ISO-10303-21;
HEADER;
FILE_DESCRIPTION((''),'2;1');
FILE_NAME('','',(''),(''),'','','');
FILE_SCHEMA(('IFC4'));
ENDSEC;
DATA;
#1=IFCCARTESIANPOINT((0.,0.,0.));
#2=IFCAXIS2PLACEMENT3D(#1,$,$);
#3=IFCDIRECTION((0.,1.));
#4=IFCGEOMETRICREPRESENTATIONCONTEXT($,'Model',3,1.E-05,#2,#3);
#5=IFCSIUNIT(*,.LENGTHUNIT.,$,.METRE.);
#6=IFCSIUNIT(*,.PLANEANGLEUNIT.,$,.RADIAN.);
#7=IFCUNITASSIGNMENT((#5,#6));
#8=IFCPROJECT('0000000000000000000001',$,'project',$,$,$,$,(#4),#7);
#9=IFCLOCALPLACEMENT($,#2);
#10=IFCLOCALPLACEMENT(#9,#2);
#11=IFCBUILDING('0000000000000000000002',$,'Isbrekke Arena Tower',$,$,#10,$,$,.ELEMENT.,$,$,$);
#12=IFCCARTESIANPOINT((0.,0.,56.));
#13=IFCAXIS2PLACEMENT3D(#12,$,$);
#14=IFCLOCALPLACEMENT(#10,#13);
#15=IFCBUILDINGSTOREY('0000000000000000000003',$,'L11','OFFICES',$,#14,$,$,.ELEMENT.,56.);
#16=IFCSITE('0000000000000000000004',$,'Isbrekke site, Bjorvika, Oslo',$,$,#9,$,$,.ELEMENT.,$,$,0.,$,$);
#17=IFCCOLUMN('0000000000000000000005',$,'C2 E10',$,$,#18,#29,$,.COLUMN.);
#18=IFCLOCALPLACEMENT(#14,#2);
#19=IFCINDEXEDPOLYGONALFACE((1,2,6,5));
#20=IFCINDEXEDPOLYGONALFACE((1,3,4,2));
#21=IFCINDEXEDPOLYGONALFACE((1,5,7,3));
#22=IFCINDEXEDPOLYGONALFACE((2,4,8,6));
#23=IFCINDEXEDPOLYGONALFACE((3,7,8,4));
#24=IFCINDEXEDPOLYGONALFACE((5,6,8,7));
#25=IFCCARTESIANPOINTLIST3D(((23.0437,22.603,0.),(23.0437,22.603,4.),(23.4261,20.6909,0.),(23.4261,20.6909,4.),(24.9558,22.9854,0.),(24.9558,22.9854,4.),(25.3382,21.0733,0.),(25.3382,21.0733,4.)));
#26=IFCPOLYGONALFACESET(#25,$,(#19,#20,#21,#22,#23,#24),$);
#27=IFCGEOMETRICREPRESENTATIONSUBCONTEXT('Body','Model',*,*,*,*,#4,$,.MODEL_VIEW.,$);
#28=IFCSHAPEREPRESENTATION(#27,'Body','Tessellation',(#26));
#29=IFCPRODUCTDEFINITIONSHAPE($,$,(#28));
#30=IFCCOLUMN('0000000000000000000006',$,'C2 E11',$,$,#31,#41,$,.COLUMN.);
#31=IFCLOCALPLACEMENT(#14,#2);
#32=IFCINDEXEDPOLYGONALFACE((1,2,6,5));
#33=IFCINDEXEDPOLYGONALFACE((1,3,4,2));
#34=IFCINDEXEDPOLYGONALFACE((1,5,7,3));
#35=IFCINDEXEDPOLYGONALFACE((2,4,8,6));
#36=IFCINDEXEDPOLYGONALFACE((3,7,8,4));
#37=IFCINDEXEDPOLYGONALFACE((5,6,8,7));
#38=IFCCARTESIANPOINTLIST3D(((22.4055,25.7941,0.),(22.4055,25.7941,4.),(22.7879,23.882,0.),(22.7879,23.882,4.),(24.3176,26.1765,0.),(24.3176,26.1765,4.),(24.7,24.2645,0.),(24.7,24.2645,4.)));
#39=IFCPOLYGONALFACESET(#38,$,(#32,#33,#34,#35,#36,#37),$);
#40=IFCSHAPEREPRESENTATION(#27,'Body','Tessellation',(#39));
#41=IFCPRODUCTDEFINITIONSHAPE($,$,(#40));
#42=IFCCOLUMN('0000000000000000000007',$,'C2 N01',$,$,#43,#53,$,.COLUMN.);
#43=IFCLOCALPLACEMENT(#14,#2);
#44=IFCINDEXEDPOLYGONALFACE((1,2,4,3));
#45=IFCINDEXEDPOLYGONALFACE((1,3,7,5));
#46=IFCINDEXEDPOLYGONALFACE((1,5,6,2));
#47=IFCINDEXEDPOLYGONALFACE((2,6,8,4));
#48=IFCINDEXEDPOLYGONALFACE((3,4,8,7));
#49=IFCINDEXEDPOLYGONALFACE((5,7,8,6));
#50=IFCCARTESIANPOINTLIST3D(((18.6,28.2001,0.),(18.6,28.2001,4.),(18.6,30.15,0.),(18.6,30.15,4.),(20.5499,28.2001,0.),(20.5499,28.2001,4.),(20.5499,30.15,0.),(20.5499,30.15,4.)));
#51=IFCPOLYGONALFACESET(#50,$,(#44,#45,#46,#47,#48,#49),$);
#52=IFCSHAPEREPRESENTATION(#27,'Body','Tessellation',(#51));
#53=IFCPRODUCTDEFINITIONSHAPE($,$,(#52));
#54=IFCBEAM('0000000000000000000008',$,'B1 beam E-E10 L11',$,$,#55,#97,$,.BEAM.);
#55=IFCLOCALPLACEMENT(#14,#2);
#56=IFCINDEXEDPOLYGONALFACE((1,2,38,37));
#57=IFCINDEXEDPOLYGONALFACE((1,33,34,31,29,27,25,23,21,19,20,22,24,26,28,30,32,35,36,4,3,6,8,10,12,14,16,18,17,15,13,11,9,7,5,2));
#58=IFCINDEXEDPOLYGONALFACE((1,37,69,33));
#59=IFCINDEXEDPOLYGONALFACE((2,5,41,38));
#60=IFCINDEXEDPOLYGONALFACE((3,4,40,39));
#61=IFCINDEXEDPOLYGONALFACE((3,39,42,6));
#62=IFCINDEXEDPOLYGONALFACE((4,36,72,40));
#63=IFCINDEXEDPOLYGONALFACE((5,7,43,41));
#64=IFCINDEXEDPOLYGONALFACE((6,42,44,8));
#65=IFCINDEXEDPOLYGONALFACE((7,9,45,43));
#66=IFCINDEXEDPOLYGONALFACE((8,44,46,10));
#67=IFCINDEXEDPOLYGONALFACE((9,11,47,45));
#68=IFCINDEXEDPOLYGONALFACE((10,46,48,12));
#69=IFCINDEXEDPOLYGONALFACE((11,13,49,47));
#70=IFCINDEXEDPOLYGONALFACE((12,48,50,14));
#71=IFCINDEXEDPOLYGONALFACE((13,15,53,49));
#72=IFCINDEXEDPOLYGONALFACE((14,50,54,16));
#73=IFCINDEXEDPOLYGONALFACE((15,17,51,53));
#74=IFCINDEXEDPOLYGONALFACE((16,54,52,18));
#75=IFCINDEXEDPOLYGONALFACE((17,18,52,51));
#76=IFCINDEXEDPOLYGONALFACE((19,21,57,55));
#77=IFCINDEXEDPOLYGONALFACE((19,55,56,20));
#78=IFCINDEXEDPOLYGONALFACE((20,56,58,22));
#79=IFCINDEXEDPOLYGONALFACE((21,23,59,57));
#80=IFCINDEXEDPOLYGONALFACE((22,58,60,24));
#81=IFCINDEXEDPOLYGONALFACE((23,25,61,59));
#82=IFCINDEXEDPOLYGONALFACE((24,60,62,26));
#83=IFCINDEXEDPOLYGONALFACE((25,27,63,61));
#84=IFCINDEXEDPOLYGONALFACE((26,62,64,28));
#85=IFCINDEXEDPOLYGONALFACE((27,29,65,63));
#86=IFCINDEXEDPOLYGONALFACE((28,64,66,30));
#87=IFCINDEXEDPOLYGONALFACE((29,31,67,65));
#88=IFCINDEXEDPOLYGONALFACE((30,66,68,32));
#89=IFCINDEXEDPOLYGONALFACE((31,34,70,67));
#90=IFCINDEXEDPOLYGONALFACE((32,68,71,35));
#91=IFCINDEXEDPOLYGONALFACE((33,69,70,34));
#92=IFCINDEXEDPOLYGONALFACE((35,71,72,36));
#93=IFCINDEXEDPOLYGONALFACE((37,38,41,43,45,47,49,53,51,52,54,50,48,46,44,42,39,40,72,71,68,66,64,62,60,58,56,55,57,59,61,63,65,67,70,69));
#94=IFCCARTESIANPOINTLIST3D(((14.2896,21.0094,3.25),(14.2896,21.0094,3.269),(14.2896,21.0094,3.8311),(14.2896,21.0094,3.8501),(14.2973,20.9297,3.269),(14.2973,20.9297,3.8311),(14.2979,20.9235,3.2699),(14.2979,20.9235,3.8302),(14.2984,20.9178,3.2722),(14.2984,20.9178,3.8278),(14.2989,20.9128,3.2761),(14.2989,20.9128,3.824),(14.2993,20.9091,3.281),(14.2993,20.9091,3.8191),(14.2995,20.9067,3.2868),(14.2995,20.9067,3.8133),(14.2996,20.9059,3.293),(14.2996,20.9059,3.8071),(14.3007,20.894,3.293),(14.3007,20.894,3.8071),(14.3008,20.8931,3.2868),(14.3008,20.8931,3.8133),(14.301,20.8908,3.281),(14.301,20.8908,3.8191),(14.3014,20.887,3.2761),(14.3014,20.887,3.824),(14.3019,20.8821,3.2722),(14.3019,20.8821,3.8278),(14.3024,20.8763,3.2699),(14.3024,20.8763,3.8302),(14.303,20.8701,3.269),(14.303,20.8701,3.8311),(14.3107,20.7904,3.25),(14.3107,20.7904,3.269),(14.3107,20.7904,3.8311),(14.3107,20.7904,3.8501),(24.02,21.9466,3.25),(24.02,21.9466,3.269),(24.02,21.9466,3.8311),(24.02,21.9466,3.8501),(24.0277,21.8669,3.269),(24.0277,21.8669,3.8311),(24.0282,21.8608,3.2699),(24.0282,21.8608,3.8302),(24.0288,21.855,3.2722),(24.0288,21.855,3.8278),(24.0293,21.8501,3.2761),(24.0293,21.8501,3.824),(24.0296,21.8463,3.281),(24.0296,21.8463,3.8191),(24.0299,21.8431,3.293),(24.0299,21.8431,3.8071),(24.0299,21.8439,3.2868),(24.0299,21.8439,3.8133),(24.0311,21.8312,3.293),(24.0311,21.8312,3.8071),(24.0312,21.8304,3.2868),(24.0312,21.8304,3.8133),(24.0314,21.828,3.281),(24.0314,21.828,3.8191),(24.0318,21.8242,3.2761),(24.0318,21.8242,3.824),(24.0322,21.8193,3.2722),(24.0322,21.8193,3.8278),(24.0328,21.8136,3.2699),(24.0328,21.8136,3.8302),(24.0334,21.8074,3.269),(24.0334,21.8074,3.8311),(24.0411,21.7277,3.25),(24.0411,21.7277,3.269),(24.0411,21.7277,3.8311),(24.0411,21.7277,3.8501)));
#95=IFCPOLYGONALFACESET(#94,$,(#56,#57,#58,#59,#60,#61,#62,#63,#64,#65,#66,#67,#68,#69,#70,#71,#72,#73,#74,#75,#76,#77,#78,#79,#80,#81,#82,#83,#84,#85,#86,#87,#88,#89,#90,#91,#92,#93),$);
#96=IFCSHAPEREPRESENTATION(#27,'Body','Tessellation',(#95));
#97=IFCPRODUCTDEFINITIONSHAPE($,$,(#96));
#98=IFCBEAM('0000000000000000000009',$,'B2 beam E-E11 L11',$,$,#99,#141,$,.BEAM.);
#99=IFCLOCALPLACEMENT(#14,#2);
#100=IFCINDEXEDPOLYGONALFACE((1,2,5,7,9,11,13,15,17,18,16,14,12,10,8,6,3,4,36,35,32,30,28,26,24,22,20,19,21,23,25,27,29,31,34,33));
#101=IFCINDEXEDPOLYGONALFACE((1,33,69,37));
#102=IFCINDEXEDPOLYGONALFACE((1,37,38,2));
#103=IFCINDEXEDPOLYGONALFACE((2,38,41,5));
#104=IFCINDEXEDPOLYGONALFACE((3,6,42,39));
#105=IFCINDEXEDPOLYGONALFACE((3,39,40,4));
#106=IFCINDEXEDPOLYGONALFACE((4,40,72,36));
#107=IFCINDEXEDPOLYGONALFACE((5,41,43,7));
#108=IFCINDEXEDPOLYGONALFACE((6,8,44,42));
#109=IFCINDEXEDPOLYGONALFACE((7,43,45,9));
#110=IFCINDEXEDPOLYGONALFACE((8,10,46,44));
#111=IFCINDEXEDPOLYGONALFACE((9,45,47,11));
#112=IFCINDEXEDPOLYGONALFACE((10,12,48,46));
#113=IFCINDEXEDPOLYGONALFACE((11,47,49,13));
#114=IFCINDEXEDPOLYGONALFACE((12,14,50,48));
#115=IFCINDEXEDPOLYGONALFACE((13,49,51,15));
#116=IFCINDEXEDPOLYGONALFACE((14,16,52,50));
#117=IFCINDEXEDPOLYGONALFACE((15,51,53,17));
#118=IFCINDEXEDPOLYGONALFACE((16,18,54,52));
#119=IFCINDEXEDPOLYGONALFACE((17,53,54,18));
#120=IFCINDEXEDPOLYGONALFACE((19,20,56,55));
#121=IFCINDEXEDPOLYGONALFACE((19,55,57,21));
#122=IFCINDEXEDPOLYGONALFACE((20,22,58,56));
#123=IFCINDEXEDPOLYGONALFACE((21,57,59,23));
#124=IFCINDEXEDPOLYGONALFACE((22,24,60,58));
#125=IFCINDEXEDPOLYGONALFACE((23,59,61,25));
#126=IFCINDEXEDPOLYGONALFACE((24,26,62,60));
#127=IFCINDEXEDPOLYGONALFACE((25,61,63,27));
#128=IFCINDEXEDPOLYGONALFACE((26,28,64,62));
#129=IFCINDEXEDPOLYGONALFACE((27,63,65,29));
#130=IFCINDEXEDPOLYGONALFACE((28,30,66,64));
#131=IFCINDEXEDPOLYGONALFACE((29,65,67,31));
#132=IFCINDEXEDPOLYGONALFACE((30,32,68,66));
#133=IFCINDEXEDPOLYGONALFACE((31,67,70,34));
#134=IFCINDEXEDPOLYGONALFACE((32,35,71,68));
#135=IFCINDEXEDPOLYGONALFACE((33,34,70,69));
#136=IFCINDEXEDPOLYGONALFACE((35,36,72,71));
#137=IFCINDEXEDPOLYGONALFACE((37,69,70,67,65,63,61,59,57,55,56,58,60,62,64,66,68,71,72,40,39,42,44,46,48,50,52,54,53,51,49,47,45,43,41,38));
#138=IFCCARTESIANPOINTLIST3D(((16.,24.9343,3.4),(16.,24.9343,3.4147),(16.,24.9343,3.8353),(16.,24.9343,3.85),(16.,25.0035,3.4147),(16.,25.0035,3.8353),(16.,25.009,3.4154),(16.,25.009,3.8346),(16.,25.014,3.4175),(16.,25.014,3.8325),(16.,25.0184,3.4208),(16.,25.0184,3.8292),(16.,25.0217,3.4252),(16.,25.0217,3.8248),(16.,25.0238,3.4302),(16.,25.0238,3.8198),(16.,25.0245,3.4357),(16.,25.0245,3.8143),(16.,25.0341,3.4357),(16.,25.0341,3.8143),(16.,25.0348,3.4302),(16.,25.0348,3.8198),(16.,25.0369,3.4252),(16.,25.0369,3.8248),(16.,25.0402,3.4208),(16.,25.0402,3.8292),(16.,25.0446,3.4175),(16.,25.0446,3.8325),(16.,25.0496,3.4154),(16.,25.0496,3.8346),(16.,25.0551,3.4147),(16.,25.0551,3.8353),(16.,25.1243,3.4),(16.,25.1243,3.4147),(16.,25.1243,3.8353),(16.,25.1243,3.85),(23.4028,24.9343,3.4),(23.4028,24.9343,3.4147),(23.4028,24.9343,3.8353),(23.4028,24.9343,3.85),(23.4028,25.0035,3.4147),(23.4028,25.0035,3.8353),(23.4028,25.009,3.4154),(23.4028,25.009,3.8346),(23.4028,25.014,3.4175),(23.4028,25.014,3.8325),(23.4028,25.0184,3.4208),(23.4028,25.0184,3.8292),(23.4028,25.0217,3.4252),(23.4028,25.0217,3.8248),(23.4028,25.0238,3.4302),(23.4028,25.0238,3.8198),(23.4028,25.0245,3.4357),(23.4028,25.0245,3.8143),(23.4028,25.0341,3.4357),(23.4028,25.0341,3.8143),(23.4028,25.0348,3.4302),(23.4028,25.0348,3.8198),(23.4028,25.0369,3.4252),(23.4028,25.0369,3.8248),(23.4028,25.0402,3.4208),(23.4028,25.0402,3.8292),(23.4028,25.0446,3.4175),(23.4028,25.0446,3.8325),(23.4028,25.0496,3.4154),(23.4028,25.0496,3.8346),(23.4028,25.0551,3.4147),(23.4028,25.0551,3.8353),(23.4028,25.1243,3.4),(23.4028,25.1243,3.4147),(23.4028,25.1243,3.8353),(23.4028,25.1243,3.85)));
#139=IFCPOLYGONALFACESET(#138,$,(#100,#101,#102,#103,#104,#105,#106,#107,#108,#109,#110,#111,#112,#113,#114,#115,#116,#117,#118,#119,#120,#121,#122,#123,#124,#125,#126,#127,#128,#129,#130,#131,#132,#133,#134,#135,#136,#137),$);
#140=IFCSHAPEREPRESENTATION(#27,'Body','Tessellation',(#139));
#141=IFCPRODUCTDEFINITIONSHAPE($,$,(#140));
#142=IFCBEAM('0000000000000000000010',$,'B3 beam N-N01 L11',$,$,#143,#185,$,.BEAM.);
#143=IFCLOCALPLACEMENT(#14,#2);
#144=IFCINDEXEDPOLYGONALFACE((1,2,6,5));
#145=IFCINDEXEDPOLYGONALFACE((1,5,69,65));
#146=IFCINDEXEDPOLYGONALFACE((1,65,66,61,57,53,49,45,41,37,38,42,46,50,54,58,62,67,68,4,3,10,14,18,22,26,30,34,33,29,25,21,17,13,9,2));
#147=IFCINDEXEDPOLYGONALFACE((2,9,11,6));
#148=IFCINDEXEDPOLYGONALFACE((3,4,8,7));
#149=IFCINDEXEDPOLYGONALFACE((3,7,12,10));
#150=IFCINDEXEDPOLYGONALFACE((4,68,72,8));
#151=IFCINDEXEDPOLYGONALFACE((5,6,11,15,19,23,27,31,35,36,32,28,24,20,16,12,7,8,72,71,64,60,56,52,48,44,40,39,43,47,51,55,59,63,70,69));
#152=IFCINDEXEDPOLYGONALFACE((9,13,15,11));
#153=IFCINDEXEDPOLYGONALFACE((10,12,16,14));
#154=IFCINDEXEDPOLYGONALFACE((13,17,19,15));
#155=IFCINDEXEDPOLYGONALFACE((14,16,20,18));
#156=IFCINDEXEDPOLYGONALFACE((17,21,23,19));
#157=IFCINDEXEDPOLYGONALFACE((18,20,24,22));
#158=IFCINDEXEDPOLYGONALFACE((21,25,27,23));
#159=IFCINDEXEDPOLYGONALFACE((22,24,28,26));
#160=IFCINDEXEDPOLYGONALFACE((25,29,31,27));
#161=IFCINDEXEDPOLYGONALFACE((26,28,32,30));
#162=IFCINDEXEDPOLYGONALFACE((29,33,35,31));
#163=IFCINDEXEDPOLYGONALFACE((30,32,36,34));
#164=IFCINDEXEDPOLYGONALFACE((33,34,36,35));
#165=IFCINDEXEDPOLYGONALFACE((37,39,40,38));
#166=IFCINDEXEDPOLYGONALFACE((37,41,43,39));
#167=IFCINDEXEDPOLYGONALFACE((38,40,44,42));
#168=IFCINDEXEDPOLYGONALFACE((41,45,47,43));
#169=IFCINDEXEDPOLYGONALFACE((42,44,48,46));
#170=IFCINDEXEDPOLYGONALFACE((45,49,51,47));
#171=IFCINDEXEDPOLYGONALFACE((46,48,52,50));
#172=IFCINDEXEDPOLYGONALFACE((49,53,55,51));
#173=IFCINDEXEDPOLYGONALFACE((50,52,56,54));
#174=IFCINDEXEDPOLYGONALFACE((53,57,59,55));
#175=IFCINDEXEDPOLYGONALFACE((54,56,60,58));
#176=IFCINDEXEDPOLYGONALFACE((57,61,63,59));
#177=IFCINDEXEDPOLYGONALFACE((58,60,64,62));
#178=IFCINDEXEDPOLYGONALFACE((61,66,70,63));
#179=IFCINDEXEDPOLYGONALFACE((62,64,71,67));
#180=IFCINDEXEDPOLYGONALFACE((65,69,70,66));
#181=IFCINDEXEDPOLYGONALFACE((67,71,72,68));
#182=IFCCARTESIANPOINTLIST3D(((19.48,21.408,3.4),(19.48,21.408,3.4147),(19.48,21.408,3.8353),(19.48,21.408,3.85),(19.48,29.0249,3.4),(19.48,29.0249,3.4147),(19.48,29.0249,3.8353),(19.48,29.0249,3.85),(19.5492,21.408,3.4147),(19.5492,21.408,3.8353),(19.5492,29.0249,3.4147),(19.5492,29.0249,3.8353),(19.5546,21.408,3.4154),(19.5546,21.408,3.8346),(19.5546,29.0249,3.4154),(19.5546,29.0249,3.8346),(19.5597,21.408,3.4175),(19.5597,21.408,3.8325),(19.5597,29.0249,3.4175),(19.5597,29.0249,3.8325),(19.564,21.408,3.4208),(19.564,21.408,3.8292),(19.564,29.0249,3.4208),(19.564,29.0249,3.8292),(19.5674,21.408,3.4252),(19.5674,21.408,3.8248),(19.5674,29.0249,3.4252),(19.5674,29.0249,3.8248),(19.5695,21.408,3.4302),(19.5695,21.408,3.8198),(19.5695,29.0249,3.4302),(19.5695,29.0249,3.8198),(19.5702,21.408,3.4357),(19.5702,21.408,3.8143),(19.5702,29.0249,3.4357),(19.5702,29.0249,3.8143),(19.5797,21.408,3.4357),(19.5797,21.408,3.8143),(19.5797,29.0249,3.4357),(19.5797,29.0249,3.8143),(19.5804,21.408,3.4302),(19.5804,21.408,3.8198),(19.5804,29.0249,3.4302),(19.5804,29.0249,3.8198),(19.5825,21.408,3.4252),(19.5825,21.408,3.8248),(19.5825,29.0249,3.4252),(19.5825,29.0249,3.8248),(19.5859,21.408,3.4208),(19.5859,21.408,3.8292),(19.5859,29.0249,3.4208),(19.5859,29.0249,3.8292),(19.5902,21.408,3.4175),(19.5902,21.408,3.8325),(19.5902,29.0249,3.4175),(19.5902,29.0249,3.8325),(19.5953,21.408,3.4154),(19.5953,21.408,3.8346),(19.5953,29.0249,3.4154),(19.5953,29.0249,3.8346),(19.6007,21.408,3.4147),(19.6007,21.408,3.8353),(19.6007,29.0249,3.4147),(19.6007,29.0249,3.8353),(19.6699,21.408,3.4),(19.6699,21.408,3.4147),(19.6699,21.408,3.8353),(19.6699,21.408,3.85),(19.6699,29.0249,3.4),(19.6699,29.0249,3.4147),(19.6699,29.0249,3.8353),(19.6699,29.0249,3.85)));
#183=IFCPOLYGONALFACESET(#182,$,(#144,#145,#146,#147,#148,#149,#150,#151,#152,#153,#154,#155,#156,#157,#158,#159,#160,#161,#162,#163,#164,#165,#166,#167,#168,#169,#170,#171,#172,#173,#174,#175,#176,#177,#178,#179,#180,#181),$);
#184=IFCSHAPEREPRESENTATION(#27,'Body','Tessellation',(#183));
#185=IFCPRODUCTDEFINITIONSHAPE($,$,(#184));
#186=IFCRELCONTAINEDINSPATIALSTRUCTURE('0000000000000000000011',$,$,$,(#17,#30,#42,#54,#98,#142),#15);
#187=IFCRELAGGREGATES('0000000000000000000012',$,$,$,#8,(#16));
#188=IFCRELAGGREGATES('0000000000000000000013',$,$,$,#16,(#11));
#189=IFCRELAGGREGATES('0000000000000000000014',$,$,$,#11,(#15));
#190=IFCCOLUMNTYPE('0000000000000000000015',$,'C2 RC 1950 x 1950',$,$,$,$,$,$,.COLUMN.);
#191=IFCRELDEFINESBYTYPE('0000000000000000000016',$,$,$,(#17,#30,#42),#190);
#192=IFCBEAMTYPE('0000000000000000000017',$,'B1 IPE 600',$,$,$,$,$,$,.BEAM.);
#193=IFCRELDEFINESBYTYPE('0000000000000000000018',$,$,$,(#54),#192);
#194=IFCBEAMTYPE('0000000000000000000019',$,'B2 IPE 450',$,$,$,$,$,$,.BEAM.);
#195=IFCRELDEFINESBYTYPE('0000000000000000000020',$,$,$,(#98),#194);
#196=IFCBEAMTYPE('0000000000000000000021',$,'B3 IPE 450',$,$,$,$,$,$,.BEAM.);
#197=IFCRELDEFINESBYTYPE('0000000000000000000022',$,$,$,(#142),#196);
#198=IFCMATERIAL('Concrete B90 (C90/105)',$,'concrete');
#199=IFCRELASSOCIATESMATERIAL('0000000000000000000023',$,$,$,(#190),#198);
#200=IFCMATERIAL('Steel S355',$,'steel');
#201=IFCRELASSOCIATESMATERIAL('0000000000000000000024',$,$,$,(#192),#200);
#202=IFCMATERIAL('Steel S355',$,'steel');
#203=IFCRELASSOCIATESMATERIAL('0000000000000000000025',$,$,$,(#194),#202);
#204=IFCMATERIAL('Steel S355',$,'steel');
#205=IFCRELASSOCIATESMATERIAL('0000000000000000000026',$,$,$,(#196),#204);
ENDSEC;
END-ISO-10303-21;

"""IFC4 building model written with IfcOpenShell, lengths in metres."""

from ifc_helpers import new_model, si_unit, direction, frame, origin, origin_2d, place, context, subcontext, project, spatial, rectangle, i_section, extrude, material, material_profile, profile_set, type_object, element, save


model = new_model("IFC4")

# Units and contexts
model_context = context("Model", 3, precision=1e-05, world=origin(), true_north=direction((0.0, 1.0)))
body_context = subcontext(model_context, "Body", "Model", "MODEL_VIEW")
ifc_project = project(units=[si_unit("LENGTHUNIT", "METRE"), si_unit("PLANEANGLEUNIT", "RADIAN")], contexts=[model_context])

# Site, building, storey
site_placement = place(None, origin())
site = spatial("IfcSite", under=ifc_project, at=site_placement, Name="Isbrekke site, Bjorvika, Oslo", CompositionType="ELEMENT", RefElevation=0.0)
building_placement = place(site_placement, origin())
building = spatial("IfcBuilding", under=site, at=building_placement, Name="Isbrekke Arena Tower", CompositionType="ELEMENT")
storey_placement = place(building_placement, frame((0.0, 0.0, 56.0)))
storey = spatial("IfcBuildingStorey", under=building, at=storey_placement, Name="L11", Description="OFFICES", CompositionType="ELEMENT", Elevation=56.0)

# Columns
ifc_material_1 = material(Name="Concrete B90 (C90/105)", Category="concrete")
ifc_material_profile_1 = material_profile(ifc_material_1, rectangle(XDim=1.95, YDim=1.95, at=origin_2d()), Name="RC 1950x1950")
ifc_profile_set_1 = profile_set([ifc_material_profile_1], Name="Concrete B90 (C90/105)")
column_type = type_object("IfcColumnType", Name="C2 RC 1950 x 1950", PredefinedType="COLUMN", material=ifc_profile_set_1)
for number, where, z_axis, x_axis, name in (
    (1, (24.1909, 21.8381, 0.0), (0.0, 0.0, 1.0), (-0.196116, 0.980581, 0.0), "C2 E10"),
    (2, (23.5527, 25.0293, 0.0), (0.0, 0.0, 1.0), (-0.196116, 0.980581, 0.0), "C2 E11"),
    (3, (19.575, 29.175, 0.0), (0.0, 0.0, 1.0), (-1.0, 0.0, 0.0), "C2 N01"),
):
    element("IfcColumn", number, at=place(storey_placement, frame(where, z_axis=z_axis, x_axis=x_axis)), inside=storey, type_object=column_type, Name=name, PredefinedType="COLUMN", context=body_context, shape_type="SweptSolid", body=[
        extrude(rectangle(XDim=1.95, YDim=1.95, at=origin_2d()), origin(), (0.0, 0.0, 1.0), 4.0),
    ])

# Beams
ifc_material_2 = material(Name="Steel S355", Category="steel")
ifc_material_profile_2 = material_profile(ifc_material_2, i_section(OverallWidth=0.22, OverallDepth=0.6001, WebThickness=0.012, FlangeThickness=0.019, FilletRadius=0.0239, at=origin_2d()), Name="IPE 600")
ifc_profile_set_2 = profile_set([ifc_material_profile_2], Name="Steel S355")
beam_type_1 = type_object("IfcBeamType", Name="B1 IPE 600", PredefinedType="BEAM", material=ifc_profile_set_2)
beam_1_placement = place(storey_placement, frame((24.0305, 21.8372, 3.55), z_axis=(-0.995393, -0.095878, 0.0), x_axis=(0.095878, -0.995393, 0.0)))
element("IfcBeam", 4, at=beam_1_placement, inside=storey, type_object=beam_type_1, Name="B1 beam E-E10 L11", PredefinedType="BEAM", context=body_context, shape_type="SweptSolid", body=[
    extrude(i_section(OverallWidth=0.22, OverallDepth=0.6001, WebThickness=0.012, FlangeThickness=0.019, FilletRadius=0.0239, at=origin_2d()), origin(), (0.0, 0.0, 1.0), 9.7754),
])
ifc_material_3 = material(Name="Steel S355", Category="steel")
ifc_material_profile_3 = material_profile(ifc_material_3, i_section(OverallWidth=0.1899, OverallDepth=0.45, WebThickness=0.0095, FlangeThickness=0.0146, FilletRadius=0.021, at=origin_2d()), Name="IPE 450")
ifc_profile_set_3 = profile_set([ifc_material_profile_3], Name="Steel S355")
beam_type_2 = type_object("IfcBeamType", Name="B2 IPE 450", PredefinedType="BEAM", material=ifc_profile_set_3)
beam_2_placement = place(storey_placement, frame((23.4028, 25.0293, 3.625), z_axis=(-1.0, 0.0, 0.0), x_axis=(0.0, -1.0, 0.0)))
element("IfcBeam", 5, at=beam_2_placement, inside=storey, type_object=beam_type_2, Name="B2 beam E-E11 L11", PredefinedType="BEAM", context=body_context, shape_type="SweptSolid", body=[
    extrude(i_section(OverallWidth=0.1899, OverallDepth=0.45, WebThickness=0.0095, FlangeThickness=0.0146, FilletRadius=0.021, at=origin_2d()), origin(), (0.0, 0.0, 1.0), 7.4028),
])
ifc_material_4 = material(Name="Steel S355", Category="steel")
ifc_material_profile_4 = material_profile(ifc_material_4, i_section(OverallWidth=0.1899, OverallDepth=0.45, WebThickness=0.0095, FlangeThickness=0.0146, FilletRadius=0.021, at=origin_2d()), Name="IPE 450")
ifc_profile_set_4 = profile_set([ifc_material_profile_4], Name="Steel S355")
beam_type_3 = type_object("IfcBeamType", Name="B3 IPE 450", PredefinedType="BEAM", material=ifc_profile_set_4)
beam_3_placement = place(storey_placement, frame((19.575, 29.0249, 3.625), z_axis=(0.0, -1.0, 0.0), x_axis=(1.0, 0.0, 0.0)))
element("IfcBeam", 6, at=beam_3_placement, inside=storey, type_object=beam_type_3, Name="B3 beam N-N01 L11", PredefinedType="BEAM", context=body_context, shape_type="SweptSolid", body=[
    extrude(i_section(OverallWidth=0.1899, OverallDepth=0.45, WebThickness=0.0095, FlangeThickness=0.0146, FilletRadius=0.021, at=origin_2d()), origin(), (0.0, 0.0, 1.0), 7.6169),
])

save(model, "model.ifc")
